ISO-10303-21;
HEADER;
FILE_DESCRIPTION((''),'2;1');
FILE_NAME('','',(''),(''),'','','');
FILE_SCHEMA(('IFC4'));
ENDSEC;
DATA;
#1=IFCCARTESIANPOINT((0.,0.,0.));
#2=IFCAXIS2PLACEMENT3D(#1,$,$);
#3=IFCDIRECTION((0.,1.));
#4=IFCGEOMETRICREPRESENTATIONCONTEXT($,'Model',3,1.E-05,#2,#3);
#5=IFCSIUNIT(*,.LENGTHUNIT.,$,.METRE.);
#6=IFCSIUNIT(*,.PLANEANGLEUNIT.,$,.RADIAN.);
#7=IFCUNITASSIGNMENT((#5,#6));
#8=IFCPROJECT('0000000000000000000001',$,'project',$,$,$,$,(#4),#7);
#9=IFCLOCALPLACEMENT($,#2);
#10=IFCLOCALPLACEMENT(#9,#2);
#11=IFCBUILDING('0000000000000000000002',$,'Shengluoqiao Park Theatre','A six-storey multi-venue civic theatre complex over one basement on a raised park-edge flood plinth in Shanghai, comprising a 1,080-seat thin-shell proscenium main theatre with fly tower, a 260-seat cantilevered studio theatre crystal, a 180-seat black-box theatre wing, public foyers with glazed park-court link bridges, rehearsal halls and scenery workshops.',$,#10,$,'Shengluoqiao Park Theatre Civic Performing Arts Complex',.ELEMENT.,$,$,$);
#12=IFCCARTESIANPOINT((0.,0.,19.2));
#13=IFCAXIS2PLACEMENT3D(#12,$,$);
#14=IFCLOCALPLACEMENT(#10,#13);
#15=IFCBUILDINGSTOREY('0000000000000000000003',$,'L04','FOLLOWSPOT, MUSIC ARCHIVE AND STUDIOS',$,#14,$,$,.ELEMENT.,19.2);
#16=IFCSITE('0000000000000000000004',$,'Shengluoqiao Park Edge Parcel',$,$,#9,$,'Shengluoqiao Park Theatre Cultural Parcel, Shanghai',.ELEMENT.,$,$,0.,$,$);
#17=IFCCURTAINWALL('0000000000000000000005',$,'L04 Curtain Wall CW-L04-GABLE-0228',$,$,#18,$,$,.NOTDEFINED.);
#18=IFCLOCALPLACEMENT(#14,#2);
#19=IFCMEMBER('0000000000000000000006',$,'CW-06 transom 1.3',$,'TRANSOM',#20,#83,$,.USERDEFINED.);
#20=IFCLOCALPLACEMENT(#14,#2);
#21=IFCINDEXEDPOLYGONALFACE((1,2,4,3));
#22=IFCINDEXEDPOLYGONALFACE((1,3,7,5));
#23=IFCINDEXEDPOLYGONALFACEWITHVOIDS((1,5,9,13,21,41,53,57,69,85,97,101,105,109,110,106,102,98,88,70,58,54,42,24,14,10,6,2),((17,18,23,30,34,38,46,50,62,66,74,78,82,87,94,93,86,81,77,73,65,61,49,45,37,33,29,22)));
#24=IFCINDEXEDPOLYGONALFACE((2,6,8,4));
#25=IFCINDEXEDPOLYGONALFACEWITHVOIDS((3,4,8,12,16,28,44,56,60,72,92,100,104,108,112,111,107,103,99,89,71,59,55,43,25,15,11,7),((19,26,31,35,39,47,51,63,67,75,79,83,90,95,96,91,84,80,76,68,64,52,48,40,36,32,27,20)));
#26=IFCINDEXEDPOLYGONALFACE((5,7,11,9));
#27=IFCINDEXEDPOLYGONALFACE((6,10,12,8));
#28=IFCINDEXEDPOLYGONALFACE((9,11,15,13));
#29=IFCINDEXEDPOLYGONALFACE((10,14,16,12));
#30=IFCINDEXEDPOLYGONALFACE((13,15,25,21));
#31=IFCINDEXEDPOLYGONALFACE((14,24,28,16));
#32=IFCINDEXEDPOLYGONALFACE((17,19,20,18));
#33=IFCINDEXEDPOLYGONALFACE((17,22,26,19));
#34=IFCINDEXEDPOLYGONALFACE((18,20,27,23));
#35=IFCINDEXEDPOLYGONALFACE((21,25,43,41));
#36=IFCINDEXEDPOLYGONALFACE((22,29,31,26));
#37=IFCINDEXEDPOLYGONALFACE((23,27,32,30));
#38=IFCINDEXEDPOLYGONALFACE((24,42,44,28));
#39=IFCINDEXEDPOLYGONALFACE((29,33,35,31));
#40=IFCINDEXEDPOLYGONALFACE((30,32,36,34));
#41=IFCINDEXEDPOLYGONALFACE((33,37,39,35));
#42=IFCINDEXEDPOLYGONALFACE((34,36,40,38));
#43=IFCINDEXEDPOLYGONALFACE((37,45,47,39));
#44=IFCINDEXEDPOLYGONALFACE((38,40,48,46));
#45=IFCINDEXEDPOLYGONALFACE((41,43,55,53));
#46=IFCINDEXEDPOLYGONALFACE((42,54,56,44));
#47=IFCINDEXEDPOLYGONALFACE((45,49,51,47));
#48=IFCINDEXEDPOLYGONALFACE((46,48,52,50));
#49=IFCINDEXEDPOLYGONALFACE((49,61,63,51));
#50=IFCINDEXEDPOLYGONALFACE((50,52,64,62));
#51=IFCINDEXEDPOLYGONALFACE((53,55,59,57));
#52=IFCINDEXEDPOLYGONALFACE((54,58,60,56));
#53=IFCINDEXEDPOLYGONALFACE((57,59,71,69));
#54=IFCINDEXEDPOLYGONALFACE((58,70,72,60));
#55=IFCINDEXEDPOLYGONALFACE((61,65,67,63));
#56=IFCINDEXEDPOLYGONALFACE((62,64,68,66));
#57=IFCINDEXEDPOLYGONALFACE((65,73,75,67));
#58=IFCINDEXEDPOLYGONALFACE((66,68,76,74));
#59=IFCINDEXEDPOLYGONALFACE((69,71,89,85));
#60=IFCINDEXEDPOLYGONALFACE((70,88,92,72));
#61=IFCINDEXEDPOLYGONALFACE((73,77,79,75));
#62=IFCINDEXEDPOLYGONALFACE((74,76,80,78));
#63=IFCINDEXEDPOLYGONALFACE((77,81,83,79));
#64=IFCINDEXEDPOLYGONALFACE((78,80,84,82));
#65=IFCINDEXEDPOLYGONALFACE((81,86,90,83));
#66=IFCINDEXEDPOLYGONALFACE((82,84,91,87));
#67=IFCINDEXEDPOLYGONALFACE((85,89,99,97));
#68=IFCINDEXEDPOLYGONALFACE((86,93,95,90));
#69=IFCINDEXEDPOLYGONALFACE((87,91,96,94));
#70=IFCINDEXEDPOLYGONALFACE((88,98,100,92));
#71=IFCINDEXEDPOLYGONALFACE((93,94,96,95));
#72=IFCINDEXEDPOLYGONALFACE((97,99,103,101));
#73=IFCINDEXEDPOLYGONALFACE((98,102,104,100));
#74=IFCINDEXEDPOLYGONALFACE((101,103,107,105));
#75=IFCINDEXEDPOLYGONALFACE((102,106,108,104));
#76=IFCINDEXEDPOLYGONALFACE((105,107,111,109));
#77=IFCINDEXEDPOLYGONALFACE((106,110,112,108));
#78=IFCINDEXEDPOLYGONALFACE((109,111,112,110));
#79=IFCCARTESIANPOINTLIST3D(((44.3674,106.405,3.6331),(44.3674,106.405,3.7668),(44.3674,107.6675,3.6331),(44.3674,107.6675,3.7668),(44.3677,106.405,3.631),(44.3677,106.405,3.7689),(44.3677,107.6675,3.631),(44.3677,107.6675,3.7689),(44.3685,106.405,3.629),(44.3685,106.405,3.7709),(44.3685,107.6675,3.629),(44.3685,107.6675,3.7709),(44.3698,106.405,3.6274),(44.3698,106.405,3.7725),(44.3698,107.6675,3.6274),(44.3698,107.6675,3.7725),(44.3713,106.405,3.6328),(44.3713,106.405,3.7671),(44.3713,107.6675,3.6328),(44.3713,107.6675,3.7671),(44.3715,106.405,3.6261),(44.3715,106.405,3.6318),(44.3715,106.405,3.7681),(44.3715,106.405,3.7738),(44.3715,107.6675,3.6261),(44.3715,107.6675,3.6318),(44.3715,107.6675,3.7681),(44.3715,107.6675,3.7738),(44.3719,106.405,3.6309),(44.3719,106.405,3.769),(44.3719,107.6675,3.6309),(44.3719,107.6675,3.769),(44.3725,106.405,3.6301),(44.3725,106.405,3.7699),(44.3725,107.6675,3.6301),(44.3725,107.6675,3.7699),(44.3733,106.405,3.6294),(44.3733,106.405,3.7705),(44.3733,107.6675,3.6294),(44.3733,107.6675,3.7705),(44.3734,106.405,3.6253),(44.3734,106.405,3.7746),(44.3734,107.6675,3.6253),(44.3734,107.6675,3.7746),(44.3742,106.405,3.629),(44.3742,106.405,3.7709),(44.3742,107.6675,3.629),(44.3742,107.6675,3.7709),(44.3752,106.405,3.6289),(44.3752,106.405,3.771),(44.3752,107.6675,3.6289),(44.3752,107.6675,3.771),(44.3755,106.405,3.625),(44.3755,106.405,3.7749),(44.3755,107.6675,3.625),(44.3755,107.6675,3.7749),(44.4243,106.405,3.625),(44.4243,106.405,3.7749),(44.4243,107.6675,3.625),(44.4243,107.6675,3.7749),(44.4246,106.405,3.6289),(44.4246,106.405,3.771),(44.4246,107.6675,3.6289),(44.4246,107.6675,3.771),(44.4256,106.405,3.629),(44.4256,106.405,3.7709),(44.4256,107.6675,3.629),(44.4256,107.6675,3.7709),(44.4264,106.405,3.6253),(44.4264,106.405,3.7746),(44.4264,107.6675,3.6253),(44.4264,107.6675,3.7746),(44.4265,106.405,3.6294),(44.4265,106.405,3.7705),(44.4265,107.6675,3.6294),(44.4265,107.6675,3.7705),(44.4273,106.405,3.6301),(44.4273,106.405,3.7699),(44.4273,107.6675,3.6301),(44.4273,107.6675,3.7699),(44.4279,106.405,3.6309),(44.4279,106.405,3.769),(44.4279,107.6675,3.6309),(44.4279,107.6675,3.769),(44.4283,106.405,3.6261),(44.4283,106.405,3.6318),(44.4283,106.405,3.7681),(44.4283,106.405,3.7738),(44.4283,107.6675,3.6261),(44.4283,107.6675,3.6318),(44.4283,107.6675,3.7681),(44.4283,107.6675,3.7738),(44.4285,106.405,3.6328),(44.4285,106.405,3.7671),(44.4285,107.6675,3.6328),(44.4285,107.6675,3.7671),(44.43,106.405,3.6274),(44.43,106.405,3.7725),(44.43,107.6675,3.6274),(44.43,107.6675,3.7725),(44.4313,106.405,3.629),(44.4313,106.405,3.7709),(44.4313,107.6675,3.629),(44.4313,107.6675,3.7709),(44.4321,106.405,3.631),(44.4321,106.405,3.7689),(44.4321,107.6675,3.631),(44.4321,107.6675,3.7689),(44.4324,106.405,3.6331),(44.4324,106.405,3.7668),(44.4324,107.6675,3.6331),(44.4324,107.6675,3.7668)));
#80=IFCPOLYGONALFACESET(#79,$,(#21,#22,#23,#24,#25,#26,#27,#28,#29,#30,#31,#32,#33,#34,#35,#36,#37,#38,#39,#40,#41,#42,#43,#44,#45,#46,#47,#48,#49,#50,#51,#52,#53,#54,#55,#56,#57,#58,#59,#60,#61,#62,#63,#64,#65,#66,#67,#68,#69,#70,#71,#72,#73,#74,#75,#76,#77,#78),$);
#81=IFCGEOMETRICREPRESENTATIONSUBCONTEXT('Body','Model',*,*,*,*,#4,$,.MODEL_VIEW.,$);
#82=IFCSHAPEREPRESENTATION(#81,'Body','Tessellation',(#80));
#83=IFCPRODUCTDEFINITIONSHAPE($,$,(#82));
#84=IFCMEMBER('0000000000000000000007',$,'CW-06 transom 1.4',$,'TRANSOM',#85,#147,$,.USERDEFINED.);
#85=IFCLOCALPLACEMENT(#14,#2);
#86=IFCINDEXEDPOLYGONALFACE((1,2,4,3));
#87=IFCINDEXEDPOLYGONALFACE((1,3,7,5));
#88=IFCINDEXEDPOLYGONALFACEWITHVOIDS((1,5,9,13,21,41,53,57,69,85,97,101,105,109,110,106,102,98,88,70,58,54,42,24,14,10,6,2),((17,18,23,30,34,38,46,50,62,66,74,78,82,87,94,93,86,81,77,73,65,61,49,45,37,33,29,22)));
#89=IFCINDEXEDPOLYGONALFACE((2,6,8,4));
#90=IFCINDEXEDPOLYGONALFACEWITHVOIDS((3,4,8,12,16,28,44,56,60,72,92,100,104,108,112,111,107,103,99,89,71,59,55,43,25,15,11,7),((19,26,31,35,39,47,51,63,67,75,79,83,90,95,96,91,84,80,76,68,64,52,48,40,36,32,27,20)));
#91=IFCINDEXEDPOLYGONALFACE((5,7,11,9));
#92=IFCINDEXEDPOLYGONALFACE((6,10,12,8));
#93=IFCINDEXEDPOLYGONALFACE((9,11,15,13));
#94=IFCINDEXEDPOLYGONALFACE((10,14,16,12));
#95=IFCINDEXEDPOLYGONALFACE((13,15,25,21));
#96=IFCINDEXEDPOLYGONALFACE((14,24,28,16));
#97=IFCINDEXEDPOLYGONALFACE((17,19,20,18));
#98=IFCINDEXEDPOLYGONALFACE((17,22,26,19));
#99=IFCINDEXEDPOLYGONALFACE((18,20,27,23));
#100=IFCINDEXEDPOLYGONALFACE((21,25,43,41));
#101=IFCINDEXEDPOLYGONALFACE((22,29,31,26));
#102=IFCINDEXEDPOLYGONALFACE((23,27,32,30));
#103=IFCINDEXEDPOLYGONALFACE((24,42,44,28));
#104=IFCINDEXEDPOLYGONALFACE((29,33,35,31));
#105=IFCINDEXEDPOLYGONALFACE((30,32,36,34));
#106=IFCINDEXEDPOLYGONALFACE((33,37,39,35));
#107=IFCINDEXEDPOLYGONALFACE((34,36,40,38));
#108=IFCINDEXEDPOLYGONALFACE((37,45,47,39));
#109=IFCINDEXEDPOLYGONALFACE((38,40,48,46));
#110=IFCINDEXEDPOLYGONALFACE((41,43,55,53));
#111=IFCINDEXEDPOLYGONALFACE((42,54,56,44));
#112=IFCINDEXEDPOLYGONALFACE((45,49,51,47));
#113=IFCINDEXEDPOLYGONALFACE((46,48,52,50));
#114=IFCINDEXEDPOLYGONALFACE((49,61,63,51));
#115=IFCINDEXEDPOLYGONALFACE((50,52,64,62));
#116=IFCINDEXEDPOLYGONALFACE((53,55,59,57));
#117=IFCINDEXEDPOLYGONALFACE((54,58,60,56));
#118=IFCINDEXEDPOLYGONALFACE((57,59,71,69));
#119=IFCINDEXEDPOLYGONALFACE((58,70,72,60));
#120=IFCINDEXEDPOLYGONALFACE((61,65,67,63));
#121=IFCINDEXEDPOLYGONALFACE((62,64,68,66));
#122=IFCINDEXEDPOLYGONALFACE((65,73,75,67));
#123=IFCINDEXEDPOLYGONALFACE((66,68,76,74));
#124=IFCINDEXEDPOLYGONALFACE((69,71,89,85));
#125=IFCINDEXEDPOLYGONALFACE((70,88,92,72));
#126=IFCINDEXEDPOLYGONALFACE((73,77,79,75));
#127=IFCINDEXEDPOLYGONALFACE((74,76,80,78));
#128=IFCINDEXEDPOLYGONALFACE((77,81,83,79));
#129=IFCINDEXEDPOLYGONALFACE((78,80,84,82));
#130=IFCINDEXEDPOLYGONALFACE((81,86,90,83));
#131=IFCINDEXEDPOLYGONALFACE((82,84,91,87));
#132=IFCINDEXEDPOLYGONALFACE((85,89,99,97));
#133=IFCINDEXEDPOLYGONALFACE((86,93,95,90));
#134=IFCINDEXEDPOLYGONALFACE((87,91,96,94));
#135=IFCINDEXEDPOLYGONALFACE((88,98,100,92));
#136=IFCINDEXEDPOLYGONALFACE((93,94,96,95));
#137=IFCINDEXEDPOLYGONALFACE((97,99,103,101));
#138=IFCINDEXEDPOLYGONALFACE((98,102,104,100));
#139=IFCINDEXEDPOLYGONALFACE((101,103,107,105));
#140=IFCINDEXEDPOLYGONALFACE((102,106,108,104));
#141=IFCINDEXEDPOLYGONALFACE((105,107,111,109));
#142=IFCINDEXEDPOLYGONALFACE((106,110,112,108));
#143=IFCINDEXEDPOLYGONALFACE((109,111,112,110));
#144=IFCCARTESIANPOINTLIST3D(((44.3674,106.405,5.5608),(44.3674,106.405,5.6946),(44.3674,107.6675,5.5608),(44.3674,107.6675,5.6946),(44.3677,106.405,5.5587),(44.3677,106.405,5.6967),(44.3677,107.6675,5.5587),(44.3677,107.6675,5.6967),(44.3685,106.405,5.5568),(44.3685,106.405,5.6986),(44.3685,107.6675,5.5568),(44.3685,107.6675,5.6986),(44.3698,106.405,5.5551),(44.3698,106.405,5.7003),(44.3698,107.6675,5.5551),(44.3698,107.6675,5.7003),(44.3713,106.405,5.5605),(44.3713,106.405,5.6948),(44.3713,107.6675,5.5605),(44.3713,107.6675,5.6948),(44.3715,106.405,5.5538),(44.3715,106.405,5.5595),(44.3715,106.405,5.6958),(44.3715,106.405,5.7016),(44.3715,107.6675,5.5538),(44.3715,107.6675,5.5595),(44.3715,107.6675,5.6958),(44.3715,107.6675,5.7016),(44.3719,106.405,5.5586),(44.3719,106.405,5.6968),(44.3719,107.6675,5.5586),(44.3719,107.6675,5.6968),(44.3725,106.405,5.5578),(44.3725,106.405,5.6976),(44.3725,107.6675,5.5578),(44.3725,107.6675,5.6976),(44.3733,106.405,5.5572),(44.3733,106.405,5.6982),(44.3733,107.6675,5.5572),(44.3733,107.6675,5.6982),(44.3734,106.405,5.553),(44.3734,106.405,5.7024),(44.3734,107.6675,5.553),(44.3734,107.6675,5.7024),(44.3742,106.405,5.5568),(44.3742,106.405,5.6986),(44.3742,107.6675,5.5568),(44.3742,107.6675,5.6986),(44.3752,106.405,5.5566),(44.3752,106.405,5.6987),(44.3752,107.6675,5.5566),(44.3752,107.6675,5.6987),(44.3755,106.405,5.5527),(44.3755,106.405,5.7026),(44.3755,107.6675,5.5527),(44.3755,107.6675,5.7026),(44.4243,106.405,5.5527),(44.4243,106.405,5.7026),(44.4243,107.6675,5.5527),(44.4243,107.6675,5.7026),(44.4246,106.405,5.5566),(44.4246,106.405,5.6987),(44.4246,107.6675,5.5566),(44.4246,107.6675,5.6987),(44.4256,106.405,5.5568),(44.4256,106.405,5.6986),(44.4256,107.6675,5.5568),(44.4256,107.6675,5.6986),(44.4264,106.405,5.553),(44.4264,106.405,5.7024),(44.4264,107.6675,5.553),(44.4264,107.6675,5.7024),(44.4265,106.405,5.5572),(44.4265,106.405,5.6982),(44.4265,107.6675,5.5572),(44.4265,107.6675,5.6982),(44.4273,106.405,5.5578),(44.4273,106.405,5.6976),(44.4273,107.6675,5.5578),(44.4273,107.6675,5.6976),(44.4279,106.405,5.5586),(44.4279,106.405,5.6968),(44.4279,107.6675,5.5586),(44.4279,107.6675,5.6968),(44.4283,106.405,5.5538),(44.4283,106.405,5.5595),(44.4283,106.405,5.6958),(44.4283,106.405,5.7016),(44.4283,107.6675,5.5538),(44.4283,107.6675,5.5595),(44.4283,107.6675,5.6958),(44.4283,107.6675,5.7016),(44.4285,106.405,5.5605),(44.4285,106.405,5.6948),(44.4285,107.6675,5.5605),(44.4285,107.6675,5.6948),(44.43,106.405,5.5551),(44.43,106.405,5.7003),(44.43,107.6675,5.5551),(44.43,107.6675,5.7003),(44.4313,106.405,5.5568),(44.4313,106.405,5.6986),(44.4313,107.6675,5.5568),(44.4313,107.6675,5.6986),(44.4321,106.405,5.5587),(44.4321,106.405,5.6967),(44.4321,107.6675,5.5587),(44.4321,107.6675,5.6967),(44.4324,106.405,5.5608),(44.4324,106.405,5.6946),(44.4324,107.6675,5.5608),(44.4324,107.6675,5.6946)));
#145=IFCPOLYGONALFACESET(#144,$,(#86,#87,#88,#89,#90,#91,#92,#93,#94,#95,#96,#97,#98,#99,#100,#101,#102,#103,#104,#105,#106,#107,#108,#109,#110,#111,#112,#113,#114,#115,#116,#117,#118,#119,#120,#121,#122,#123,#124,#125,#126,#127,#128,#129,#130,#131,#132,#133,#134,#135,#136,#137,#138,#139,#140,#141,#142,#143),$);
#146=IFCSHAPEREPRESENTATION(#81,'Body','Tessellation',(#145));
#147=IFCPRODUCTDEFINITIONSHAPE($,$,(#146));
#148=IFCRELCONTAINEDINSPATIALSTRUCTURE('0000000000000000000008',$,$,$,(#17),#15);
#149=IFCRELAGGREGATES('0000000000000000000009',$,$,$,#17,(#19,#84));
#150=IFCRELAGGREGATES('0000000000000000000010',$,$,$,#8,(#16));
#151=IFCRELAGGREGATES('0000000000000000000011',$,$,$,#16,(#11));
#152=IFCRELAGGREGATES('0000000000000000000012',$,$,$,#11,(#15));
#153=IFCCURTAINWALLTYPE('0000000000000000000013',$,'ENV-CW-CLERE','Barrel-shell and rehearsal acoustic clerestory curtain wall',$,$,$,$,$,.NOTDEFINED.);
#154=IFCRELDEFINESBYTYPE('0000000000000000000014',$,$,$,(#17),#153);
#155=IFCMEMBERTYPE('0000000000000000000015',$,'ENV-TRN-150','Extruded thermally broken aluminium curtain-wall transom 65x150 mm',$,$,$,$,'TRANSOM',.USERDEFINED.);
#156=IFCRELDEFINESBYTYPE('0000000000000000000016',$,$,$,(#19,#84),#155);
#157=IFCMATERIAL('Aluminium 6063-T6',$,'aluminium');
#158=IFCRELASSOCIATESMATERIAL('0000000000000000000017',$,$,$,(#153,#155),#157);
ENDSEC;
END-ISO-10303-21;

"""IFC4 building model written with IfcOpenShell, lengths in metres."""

from ifc_helpers import new_model, si_unit, direction, frame, origin, origin_2d, place, context, subcontext, project, spatial, hollow_rectangle, extrude, material, material_profile, profile_set, type_object, element, aggregate, save


model = new_model("IFC4")

# Units and contexts
model_context = context("Model", 3, precision=1e-05, world=origin(), true_north=direction((0.0, 1.0)))
body_context = subcontext(model_context, "Body", "Model", "MODEL_VIEW")
ifc_project = project(units=[si_unit("LENGTHUNIT", "METRE"), si_unit("PLANEANGLEUNIT", "RADIAN")], contexts=[model_context])

# Site, building, storey
site_placement = place(None, origin())
site = spatial("IfcSite", under=ifc_project, at=site_placement, Name="Shengluoqiao Park Edge Parcel", LongName="Shengluoqiao Park Theatre Cultural Parcel, Shanghai", CompositionType="ELEMENT", RefElevation=0.0)
building_placement = place(site_placement, origin())
building = spatial("IfcBuilding", under=site, at=building_placement, Name="Shengluoqiao Park Theatre", Description="A six-storey multi-venue civic theatre complex over one basement on a raised park-edge flood plinth in Shanghai, comprising a 1,080-seat thin-shell proscenium main theatre with fly tower, a 260-seat cantilevered studio theatre crystal, a 180-seat black-box theatre wing, public foyers with glazed park-court link bridges, rehearsal halls and scenery workshops.", LongName="Shengluoqiao Park Theatre Civic Performing Arts Complex", CompositionType="ELEMENT")
storey_placement = place(building_placement, frame((0.0, 0.0, 19.2)))
storey = spatial("IfcBuildingStorey", under=building, at=storey_placement, Name="L04", Description="FOLLOWSPOT, MUSIC ARCHIVE AND STUDIOS", CompositionType="ELEMENT", Elevation=19.2)

# Curtain wall, members
ifc_material_1 = material(Name="Aluminium 6063-T6", Category="aluminium")
curtain_wall_type = type_object("IfcCurtainWallType", Name="ENV-CW-CLERE", Description="Barrel-shell and rehearsal acoustic clerestory curtain wall", PredefinedType="NOTDEFINED", material=ifc_material_1)
ifc_material_profile = material_profile(ifc_material_1, hollow_rectangle(XDim=0.0649, YDim=0.1499, WallThickness=0.0039, InnerFilletRadius=0.0039, OuterFilletRadius=0.0081, at=origin_2d()), Name="ALU TRANSOM 150x65x4")
ifc_profile_set = profile_set([ifc_material_profile], Name="Aluminium 6063-T6")
member_type = type_object("IfcMemberType", Name="ENV-TRN-150", Description="Extruded thermally broken aluminium curtain-wall transom 65x150 mm", ElementType="TRANSOM", PredefinedType="USERDEFINED", material=ifc_profile_set)
curtain_wall_1_placement = place(storey_placement, origin())
curtain_wall_1 = element("IfcCurtainWall", 1, at=curtain_wall_1_placement, inside=storey, type_object=curtain_wall_type, Name="L04 Curtain Wall CW-L04-GABLE-0228", PredefinedType="NOTDEFINED")
member_1_placement = place(storey_placement, frame((44.3999, 106.405, 3.7), z_axis=(0.0, 1.0, 0.0), x_axis=(-1.0, 0.0, 0.0)))
member_1 = element("IfcMember", 2, at=member_1_placement, type_object=member_type, Name="CW-06 transom 1.3", ObjectType="TRANSOM", PredefinedType="USERDEFINED", context=body_context, shape_type="SweptSolid", body=[
    extrude(hollow_rectangle(XDim=0.0649, YDim=0.1499, WallThickness=0.0039, InnerFilletRadius=0.0039, OuterFilletRadius=0.0081, at=origin_2d()), origin(), (0.0, 0.0, 1.0), 1.2625),
])
member_2_placement = place(storey_placement, frame((44.3999, 106.405, 5.6277), z_axis=(0.0, 1.0, 0.0), x_axis=(-1.0, 0.0, 0.0)))
member_2 = element("IfcMember", 3, at=member_2_placement, type_object=member_type, Name="CW-06 transom 1.4", ObjectType="TRANSOM", PredefinedType="USERDEFINED", context=body_context, shape_type="SweptSolid", body=[
    extrude(hollow_rectangle(XDim=0.0649, YDim=0.1499, WallThickness=0.0039, InnerFilletRadius=0.0039, OuterFilletRadius=0.0081, at=origin_2d()), origin(), (0.0, 0.0, 1.0), 1.2625),
])

aggregate(curtain_wall_1, [member_1, member_2])

save(model, "model.ifc")
